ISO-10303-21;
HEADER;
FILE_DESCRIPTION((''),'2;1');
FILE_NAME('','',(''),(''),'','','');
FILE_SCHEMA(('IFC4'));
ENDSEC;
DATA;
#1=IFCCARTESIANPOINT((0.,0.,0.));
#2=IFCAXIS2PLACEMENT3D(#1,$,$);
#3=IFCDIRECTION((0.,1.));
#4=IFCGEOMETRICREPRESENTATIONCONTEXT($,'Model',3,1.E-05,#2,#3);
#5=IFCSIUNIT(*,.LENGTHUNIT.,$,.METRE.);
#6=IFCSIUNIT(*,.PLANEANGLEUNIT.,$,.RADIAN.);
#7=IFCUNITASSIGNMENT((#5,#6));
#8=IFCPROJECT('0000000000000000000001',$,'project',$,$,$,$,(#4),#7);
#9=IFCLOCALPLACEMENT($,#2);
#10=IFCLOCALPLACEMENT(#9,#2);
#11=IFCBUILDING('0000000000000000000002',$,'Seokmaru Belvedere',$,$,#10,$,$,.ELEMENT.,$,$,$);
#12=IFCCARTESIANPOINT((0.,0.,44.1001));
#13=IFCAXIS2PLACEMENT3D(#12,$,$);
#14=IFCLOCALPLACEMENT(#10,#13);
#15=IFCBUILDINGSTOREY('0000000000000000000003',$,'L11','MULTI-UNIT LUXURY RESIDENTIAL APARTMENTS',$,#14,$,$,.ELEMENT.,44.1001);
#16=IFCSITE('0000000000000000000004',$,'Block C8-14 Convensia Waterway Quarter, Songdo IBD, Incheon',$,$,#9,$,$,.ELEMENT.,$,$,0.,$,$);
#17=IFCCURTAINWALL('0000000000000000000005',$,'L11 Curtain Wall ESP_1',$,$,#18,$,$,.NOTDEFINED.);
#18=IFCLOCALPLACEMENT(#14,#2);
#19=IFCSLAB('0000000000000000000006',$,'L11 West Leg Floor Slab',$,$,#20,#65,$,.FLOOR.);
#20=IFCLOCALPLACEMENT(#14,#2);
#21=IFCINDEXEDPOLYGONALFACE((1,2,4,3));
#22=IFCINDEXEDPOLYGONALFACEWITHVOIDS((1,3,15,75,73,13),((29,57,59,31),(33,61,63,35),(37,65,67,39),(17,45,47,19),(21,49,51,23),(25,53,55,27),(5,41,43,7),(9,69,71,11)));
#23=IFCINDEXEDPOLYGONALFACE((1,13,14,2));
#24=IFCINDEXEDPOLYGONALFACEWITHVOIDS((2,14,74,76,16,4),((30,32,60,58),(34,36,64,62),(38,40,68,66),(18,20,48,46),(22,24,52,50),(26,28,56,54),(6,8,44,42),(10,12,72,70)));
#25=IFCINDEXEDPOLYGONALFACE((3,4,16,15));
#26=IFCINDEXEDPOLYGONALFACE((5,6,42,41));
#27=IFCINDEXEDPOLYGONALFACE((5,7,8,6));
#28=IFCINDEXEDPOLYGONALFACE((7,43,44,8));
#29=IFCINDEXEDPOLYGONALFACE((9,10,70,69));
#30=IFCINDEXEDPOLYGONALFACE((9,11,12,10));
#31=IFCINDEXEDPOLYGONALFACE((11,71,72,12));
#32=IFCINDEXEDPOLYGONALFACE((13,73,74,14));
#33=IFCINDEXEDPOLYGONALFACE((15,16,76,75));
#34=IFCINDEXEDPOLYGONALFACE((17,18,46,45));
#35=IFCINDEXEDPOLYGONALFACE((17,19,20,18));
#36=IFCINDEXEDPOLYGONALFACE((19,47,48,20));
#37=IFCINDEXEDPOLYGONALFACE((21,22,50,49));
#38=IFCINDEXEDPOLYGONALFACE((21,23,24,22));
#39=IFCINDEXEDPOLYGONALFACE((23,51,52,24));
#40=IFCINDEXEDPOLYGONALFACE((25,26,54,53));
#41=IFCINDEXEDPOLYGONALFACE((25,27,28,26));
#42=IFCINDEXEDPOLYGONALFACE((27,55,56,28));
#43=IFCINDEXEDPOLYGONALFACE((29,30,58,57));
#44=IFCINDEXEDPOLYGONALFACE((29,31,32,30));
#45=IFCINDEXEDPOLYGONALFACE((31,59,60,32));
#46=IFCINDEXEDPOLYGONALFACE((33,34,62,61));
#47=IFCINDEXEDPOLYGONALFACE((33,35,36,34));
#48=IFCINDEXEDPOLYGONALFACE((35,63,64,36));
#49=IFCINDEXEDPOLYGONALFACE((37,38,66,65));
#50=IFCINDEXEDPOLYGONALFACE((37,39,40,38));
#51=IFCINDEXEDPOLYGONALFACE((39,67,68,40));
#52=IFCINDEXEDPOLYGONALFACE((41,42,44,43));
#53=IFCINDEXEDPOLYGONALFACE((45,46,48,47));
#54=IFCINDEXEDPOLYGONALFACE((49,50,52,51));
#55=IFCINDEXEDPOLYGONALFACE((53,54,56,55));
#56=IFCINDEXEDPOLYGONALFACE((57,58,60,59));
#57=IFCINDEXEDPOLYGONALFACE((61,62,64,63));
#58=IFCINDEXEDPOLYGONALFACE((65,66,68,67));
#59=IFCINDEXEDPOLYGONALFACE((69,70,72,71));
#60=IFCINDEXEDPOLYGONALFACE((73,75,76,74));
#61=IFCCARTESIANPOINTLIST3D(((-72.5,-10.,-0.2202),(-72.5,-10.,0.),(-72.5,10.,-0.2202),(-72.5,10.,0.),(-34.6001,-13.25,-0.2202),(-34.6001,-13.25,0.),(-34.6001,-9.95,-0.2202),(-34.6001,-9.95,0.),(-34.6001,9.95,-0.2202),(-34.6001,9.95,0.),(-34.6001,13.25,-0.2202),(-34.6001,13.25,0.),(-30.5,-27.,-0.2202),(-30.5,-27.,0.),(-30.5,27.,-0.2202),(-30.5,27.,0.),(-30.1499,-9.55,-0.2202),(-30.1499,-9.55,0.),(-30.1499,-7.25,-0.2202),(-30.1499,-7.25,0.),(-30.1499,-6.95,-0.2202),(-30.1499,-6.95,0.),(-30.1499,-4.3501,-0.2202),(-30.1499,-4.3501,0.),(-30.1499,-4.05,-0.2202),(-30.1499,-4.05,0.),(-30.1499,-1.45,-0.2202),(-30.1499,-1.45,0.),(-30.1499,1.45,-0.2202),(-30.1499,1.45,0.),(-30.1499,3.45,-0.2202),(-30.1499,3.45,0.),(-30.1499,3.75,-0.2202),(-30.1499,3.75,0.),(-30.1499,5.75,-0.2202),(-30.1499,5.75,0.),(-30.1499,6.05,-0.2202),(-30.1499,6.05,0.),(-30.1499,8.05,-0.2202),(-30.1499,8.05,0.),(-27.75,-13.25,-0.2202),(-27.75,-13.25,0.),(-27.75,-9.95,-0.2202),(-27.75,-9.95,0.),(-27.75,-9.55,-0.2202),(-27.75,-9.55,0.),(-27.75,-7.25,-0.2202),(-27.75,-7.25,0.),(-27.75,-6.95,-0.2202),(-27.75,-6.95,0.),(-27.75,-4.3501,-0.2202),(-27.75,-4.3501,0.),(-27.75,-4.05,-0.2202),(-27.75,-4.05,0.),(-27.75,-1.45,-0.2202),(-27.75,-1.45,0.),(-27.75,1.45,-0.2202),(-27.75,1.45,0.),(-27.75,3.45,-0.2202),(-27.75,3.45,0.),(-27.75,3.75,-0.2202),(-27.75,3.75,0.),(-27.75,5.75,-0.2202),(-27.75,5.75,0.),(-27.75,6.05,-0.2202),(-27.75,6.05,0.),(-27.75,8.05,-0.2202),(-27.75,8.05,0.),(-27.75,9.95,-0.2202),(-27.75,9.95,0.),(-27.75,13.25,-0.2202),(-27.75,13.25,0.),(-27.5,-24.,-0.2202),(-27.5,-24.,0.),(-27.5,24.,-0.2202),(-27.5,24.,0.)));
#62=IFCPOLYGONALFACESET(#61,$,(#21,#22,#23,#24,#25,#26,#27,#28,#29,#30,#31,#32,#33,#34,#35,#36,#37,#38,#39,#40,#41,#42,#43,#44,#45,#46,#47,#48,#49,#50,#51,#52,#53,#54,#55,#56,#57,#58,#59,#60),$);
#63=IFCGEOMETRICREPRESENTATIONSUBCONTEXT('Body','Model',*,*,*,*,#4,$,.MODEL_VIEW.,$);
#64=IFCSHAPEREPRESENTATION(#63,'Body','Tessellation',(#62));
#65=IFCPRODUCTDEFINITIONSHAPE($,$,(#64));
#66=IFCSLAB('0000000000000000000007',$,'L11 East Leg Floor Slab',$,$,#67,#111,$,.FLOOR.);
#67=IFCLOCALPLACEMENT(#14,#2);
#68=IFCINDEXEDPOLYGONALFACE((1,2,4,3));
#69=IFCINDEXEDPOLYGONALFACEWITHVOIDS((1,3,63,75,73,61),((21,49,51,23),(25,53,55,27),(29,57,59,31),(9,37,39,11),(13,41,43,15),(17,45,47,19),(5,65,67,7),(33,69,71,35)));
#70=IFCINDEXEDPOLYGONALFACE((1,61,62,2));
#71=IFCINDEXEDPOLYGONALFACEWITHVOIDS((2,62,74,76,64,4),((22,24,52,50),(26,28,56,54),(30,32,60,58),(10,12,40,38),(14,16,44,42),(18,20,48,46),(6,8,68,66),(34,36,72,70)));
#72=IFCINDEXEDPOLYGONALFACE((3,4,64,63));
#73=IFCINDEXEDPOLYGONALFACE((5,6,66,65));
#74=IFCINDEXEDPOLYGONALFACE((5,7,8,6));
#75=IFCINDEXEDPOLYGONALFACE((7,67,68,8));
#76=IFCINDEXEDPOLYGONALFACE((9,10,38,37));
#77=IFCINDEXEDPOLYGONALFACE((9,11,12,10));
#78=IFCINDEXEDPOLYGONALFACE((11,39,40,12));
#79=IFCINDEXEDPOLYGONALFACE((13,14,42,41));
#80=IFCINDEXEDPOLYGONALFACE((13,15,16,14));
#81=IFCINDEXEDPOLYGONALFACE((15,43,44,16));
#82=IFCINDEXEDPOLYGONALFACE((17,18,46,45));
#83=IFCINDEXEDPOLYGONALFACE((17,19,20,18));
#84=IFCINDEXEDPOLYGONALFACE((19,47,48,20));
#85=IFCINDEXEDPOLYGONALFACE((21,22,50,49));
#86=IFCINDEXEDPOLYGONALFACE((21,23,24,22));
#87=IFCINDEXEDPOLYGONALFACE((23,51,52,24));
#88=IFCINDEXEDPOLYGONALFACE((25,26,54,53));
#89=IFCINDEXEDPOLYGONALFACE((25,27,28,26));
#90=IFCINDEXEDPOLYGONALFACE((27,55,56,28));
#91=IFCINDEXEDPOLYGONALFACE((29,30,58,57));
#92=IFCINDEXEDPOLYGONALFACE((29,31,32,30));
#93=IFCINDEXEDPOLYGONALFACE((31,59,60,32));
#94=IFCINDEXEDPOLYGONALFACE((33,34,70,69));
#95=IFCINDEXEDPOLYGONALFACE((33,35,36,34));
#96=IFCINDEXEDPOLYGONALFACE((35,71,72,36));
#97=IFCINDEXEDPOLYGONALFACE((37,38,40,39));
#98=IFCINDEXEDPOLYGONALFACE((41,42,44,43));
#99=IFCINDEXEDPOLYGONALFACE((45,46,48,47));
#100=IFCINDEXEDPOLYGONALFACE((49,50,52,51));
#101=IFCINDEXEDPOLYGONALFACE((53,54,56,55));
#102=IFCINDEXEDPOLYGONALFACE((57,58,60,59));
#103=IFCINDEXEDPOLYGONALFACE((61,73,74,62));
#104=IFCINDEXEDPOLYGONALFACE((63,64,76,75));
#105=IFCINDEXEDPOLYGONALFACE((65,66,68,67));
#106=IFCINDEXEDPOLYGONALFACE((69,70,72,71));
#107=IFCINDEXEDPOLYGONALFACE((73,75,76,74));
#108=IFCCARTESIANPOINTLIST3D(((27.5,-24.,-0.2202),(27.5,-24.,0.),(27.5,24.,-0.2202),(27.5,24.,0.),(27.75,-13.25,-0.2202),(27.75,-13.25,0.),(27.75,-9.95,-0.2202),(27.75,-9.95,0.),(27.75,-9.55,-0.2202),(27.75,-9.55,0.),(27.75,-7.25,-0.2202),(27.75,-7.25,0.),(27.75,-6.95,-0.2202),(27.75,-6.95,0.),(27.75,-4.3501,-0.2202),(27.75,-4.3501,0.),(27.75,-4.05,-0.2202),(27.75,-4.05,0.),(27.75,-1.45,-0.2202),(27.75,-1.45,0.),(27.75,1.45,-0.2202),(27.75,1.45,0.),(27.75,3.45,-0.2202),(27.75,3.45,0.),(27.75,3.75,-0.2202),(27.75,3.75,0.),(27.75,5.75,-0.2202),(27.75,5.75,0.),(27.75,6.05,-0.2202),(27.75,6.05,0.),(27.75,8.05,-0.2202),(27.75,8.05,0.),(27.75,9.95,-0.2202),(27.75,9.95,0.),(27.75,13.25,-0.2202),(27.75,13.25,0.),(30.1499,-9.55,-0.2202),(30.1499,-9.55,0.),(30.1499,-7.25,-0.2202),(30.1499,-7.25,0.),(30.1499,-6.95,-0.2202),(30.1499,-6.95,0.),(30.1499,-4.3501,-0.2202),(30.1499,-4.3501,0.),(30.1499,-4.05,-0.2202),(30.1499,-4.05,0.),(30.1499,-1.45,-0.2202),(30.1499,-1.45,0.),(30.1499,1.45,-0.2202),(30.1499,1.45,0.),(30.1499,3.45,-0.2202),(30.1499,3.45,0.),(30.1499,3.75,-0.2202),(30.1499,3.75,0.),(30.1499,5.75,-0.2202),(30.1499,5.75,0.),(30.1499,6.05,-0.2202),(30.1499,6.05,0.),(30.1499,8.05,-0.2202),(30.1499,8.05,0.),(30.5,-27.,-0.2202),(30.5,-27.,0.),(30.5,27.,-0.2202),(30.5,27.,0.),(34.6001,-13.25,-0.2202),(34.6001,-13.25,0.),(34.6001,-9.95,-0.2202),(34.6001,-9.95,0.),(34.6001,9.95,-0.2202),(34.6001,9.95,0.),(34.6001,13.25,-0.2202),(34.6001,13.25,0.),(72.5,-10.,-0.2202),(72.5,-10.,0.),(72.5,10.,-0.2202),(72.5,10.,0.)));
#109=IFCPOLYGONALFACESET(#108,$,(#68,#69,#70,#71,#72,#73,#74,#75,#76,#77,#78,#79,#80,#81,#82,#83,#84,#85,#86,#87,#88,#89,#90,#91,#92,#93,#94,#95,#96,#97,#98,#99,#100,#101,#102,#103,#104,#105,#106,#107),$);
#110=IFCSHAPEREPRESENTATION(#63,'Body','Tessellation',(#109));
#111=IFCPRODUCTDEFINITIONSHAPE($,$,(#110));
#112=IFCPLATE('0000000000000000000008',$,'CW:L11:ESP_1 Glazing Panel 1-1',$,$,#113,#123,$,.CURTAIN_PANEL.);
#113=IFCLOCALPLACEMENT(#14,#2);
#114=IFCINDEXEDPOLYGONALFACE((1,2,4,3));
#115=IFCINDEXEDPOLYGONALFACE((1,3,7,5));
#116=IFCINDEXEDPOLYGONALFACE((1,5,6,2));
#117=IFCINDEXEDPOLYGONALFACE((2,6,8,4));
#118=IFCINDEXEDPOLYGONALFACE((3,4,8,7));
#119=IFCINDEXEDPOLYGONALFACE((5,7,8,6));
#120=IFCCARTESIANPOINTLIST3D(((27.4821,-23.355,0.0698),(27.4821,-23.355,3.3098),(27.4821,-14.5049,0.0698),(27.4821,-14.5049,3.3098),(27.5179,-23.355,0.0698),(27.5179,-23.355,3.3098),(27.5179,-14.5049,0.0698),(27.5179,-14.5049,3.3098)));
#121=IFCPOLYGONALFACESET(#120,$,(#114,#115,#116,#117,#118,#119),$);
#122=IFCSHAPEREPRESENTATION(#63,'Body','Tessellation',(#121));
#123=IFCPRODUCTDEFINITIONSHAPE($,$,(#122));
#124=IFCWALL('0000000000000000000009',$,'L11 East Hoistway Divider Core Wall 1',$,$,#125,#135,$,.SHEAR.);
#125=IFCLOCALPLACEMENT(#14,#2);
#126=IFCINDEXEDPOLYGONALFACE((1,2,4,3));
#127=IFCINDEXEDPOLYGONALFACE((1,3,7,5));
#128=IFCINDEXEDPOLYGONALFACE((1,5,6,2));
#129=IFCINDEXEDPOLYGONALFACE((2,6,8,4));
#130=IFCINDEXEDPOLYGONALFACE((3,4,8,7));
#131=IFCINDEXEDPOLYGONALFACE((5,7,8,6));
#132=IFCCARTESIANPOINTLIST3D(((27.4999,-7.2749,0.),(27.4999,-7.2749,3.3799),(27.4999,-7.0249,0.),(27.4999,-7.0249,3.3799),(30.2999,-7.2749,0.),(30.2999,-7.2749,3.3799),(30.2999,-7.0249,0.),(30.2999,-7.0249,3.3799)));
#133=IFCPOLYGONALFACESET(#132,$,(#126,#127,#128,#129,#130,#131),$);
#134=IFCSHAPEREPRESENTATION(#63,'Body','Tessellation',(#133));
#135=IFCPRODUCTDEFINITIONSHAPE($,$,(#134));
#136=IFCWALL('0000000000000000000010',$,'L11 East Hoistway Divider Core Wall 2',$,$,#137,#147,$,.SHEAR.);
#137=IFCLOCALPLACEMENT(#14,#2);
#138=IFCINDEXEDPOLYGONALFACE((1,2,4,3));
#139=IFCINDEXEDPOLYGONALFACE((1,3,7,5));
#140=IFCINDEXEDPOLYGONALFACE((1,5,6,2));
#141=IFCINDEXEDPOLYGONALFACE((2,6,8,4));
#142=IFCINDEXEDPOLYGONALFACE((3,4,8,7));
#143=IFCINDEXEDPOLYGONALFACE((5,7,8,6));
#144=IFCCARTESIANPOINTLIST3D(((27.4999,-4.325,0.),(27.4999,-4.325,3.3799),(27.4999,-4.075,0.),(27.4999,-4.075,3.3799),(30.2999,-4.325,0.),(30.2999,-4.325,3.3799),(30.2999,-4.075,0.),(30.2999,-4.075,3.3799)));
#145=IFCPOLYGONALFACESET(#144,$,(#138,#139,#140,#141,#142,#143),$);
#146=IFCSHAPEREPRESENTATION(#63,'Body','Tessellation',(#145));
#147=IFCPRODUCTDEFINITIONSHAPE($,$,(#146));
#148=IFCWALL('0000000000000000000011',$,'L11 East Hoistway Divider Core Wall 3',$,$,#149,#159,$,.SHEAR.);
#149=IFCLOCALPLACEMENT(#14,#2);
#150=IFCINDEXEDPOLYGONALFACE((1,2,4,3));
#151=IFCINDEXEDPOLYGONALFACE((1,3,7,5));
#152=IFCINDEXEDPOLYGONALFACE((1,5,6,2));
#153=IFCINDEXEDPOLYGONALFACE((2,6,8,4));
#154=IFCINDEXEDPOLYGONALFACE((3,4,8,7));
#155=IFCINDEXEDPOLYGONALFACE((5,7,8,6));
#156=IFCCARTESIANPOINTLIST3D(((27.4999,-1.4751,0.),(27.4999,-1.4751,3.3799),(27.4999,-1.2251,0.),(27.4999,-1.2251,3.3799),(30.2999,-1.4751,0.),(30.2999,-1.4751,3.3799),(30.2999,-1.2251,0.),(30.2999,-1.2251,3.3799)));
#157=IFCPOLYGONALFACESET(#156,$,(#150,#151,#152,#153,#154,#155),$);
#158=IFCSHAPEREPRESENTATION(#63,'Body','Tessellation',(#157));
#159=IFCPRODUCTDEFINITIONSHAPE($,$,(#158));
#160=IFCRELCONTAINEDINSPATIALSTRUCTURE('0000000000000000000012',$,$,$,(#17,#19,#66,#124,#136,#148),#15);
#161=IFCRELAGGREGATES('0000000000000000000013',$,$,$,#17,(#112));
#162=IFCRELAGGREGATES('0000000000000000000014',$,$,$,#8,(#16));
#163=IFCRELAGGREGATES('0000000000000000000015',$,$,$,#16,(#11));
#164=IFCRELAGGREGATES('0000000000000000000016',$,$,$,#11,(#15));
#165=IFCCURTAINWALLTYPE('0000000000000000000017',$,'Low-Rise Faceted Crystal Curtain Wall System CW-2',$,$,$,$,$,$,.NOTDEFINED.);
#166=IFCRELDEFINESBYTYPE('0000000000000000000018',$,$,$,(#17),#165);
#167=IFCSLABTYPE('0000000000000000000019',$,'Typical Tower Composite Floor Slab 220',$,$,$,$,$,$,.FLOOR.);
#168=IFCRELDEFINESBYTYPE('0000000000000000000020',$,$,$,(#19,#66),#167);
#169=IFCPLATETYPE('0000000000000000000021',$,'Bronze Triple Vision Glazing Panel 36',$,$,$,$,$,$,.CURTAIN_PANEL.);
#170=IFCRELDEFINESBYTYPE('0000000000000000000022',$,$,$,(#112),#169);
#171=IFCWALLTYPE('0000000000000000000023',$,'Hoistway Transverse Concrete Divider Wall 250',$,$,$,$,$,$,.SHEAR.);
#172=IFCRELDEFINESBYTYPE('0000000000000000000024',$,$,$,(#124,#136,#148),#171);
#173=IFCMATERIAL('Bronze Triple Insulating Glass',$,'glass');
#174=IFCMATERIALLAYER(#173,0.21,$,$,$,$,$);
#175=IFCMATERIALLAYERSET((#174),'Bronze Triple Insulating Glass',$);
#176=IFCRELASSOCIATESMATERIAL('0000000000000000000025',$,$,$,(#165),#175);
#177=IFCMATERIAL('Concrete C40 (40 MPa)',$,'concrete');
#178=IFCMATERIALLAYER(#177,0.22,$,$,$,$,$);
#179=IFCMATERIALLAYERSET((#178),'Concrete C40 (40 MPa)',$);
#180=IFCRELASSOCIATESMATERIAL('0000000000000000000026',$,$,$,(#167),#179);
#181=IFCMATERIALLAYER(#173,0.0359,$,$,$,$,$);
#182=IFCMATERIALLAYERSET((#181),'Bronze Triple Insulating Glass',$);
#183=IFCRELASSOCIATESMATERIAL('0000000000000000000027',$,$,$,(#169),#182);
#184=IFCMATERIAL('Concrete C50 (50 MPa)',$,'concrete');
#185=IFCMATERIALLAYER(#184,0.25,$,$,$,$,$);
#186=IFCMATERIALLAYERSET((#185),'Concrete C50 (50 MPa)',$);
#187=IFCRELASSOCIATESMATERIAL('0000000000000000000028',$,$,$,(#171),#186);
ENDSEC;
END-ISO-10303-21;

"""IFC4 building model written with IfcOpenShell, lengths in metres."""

from ifc_helpers import new_model, si_unit, direction, frame, frame_2d, origin, origin_2d, place, context, subcontext, project, spatial, polyline, rectangle, outline, extrude, source, transform, mapped, material, layer, layer_set, type_object, type_shapes, element, aggregate, save


model = new_model("IFC4")

# Units and contexts
model_context = context("Model", 3, precision=1e-05, world=origin(), true_north=direction((0.0, 1.0)))
body_context = subcontext(model_context, "Body", "Model", "MODEL_VIEW")
ifc_project = project(units=[si_unit("LENGTHUNIT", "METRE"), si_unit("PLANEANGLEUNIT", "RADIAN")], contexts=[model_context])

# Site, building, storey
site_placement = place(None, origin())
site = spatial("IfcSite", under=ifc_project, at=site_placement, Name="Block C8-14 Convensia Waterway Quarter, Songdo IBD, Incheon", CompositionType="ELEMENT", RefElevation=0.0)
building_placement = place(site_placement, origin())
building = spatial("IfcBuilding", under=site, at=building_placement, Name="Seokmaru Belvedere", CompositionType="ELEMENT")
storey_placement = place(building_placement, frame((0.0, 0.0, 44.1001)))
storey = spatial("IfcBuildingStorey", under=building, at=storey_placement, Name="L11", Description="MULTI-UNIT LUXURY RESIDENTIAL APARTMENTS", CompositionType="ELEMENT", Elevation=44.1001)

# Curtain wall
ifc_material_1 = material(Name="Bronze Triple Insulating Glass", Category="glass")
ifc_layer_1 = layer(ifc_material_1, 0.21)
ifc_layer_set_1 = layer_set([ifc_layer_1], Name="Bronze Triple Insulating Glass")
curtain_wall_type = type_object("IfcCurtainWallType", Name="Low-Rise Faceted Crystal Curtain Wall System CW-2", PredefinedType="NOTDEFINED", material=ifc_layer_set_1)
curtain_wall_1_placement = place(storey_placement, origin())
curtain_wall_1 = element("IfcCurtainWall", 1, at=curtain_wall_1_placement, inside=storey, type_object=curtain_wall_type, Name="L11 Curtain Wall ESP_1", PredefinedType="NOTDEFINED")

# Shared definitions
ifc_material_2 = material(Name="Concrete C40 (40 MPa)", Category="concrete")

# Slabs
ifc_layer_2 = layer(ifc_material_2, 0.22)
ifc_layer_set_2 = layer_set([ifc_layer_2], Name="Concrete C40 (40 MPa)")
slab_type_1 = type_object("IfcSlabType", Name="Typical Tower Composite Floor Slab 220", PredefinedType="FLOOR", material=ifc_layer_set_2)
slab_1_placement = place(storey_placement, frame((0.0, 0.0, -0.2202)))
element("IfcSlab", 2, at=slab_1_placement, inside=storey, type_object=slab_type_1, Name="L11 West Leg Floor Slab", PredefinedType="FLOOR", context=body_context, shape_type="SweptSolid", body=[
    extrude(outline(polyline([(-27.5, -24.0), (-27.5, 24.0), (-30.5, 27.0), (-72.5, 10.0), (-72.5, -10.0), (-30.5, -27.0), (-27.5, -24.0)]), holes=[polyline([(-34.6001, -13.25), (-27.75, -13.25), (-27.75, -9.95), (-34.6001, -9.95), (-34.6001, -13.25)]), polyline([(-34.6001, 9.95), (-27.75, 9.95), (-27.75, 13.25), (-34.6001, 13.25), (-34.6001, 9.95)]), polyline([(-30.1499, -9.55), (-27.75, -9.55), (-27.75, -7.25), (-30.1499, -7.25), (-30.1499, -9.55)]), polyline([(-30.1499, -6.95), (-27.75, -6.95), (-27.75, -4.3501), (-30.1499, -4.3501), (-30.1499, -6.95)]), polyline([(-30.1499, -4.05), (-27.75, -4.05), (-27.75, -1.45), (-30.1499, -1.45), (-30.1499, -4.05)]), polyline([(-30.1499, 1.45), (-27.75, 1.45), (-27.75, 3.45), (-30.1499, 3.45), (-30.1499, 1.45)]), polyline([(-30.1499, 3.75), (-27.75, 3.75), (-27.75, 5.75), (-30.1499, 5.75), (-30.1499, 3.75)]), polyline([(-30.1499, 6.05), (-27.75, 6.05), (-27.75, 8.05), (-30.1499, 8.05), (-30.1499, 6.05)])]), origin(), (0.0, 0.0, 1.0), 0.2202),
])
slab_2_placement = place(storey_placement, frame((0.0, 0.0, -0.2202)))
element("IfcSlab", 3, at=slab_2_placement, inside=storey, type_object=slab_type_1, Name="L11 East Leg Floor Slab", PredefinedType="FLOOR", context=body_context, shape_type="SweptSolid", body=[
    extrude(outline(polyline([(30.5, -27.0), (72.5, -10.0), (72.5, 10.0), (30.5, 27.0), (27.5, 24.0), (27.5, -24.0), (30.5, -27.0)]), holes=[polyline([(27.75, -13.25), (34.6001, -13.25), (34.6001, -9.95), (27.75, -9.95), (27.75, -13.25)]), polyline([(27.75, 9.95), (34.6001, 9.95), (34.6001, 13.25), (27.75, 13.25), (27.75, 9.95)]), polyline([(27.75, -9.55), (30.1499, -9.55), (30.1499, -7.25), (27.75, -7.25), (27.75, -9.55)]), polyline([(27.75, -6.95), (30.1499, -6.95), (30.1499, -4.3501), (27.75, -4.3501), (27.75, -6.95)]), polyline([(27.75, -4.05), (30.1499, -4.05), (30.1499, -1.45), (27.75, -1.45), (27.75, -4.05)]), polyline([(27.75, 1.45), (30.1499, 1.45), (30.1499, 3.45), (27.75, 3.45), (27.75, 1.45)]), polyline([(27.75, 3.75), (30.1499, 3.75), (30.1499, 5.75), (27.75, 5.75), (27.75, 3.75)]), polyline([(27.75, 6.05), (30.1499, 6.05), (30.1499, 8.05), (27.75, 8.05), (27.75, 6.05)])]), origin(), (0.0, 0.0, 1.0), 0.2202),
])

# Plate
ifc_layer_3 = layer(ifc_material_1, 0.0359)
ifc_layer_set_3 = layer_set([ifc_layer_3], Name="Bronze Triple Insulating Glass")
plate_type = type_object("IfcPlateType", Name="Bronze Triple Vision Glazing Panel 36", PredefinedType="CURTAIN_PANEL", material=ifc_layer_set_3)
shared_shape_1 = source(origin(), body_context, "Body", "SweptSolid", [
    extrude(rectangle(XDim=8.8501, YDim=0.0359, at=origin_2d()), origin(), (0.0, 0.0, 1.0), 3.24),
])
type_shapes(plate_type, [shared_shape_1])
plate_placement = place(storey_placement, frame((27.5, -18.9299, 0.0698), z_axis=(0.0, 0.0, 1.0), x_axis=(0.0, -1.0, 0.0)))
plate = element("IfcPlate", 4, at=plate_placement, type_object=plate_type, Name="CW:L11:ESP_1 Glazing Panel 1-1", PredefinedType="CURTAIN_PANEL", context=body_context, shape_type="MappedRepresentation", body=[
    mapped(shared_shape_1, transform((0.0, 0.0, 0.0), scale=1.0)),
])
aggregate(curtain_wall_1, [plate])

# Walls
ifc_material_3 = material(Name="Concrete C50 (50 MPa)", Category="concrete")
ifc_layer_4 = layer(ifc_material_3, 0.25)
ifc_layer_set_4 = layer_set([ifc_layer_4], Name="Concrete C50 (50 MPa)")
wall_type_1 = type_object("IfcWallType", Name="Hoistway Transverse Concrete Divider Wall 250", PredefinedType="SHEAR", material=ifc_layer_set_4)
for number, where, z_axis, x_axis, name in (
    (5, (27.5, -7.1499, 0.0), (0.0, 0.0, 1.0), (1.0, 0.0, 0.0), "L11 East Hoistway Divider Core Wall 1"),
    (6, (27.5, -4.2, 0.0), (0.0, 0.0, 1.0), (1.0, 0.0, 0.0), "L11 East Hoistway Divider Core Wall 2"),
    (7, (27.5, -1.3501, 0.0), (0.0, 0.0, 1.0), (1.0, 0.0, 0.0), "L11 East Hoistway Divider Core Wall 3"),
):
    element("IfcWall", number, at=place(storey_placement, frame(where, z_axis=z_axis, x_axis=x_axis)), inside=storey, type_object=wall_type_1, Name=name, PredefinedType="SHEAR", context=body_context, shape_type="SweptSolid", body=[
        extrude(rectangle(XDim=2.8, YDim=0.25, at=frame_2d((1.3999, 0.0))), origin(), (0.0, 0.0, 1.0), 3.3799),
    ])

save(model, "model.ifc")
